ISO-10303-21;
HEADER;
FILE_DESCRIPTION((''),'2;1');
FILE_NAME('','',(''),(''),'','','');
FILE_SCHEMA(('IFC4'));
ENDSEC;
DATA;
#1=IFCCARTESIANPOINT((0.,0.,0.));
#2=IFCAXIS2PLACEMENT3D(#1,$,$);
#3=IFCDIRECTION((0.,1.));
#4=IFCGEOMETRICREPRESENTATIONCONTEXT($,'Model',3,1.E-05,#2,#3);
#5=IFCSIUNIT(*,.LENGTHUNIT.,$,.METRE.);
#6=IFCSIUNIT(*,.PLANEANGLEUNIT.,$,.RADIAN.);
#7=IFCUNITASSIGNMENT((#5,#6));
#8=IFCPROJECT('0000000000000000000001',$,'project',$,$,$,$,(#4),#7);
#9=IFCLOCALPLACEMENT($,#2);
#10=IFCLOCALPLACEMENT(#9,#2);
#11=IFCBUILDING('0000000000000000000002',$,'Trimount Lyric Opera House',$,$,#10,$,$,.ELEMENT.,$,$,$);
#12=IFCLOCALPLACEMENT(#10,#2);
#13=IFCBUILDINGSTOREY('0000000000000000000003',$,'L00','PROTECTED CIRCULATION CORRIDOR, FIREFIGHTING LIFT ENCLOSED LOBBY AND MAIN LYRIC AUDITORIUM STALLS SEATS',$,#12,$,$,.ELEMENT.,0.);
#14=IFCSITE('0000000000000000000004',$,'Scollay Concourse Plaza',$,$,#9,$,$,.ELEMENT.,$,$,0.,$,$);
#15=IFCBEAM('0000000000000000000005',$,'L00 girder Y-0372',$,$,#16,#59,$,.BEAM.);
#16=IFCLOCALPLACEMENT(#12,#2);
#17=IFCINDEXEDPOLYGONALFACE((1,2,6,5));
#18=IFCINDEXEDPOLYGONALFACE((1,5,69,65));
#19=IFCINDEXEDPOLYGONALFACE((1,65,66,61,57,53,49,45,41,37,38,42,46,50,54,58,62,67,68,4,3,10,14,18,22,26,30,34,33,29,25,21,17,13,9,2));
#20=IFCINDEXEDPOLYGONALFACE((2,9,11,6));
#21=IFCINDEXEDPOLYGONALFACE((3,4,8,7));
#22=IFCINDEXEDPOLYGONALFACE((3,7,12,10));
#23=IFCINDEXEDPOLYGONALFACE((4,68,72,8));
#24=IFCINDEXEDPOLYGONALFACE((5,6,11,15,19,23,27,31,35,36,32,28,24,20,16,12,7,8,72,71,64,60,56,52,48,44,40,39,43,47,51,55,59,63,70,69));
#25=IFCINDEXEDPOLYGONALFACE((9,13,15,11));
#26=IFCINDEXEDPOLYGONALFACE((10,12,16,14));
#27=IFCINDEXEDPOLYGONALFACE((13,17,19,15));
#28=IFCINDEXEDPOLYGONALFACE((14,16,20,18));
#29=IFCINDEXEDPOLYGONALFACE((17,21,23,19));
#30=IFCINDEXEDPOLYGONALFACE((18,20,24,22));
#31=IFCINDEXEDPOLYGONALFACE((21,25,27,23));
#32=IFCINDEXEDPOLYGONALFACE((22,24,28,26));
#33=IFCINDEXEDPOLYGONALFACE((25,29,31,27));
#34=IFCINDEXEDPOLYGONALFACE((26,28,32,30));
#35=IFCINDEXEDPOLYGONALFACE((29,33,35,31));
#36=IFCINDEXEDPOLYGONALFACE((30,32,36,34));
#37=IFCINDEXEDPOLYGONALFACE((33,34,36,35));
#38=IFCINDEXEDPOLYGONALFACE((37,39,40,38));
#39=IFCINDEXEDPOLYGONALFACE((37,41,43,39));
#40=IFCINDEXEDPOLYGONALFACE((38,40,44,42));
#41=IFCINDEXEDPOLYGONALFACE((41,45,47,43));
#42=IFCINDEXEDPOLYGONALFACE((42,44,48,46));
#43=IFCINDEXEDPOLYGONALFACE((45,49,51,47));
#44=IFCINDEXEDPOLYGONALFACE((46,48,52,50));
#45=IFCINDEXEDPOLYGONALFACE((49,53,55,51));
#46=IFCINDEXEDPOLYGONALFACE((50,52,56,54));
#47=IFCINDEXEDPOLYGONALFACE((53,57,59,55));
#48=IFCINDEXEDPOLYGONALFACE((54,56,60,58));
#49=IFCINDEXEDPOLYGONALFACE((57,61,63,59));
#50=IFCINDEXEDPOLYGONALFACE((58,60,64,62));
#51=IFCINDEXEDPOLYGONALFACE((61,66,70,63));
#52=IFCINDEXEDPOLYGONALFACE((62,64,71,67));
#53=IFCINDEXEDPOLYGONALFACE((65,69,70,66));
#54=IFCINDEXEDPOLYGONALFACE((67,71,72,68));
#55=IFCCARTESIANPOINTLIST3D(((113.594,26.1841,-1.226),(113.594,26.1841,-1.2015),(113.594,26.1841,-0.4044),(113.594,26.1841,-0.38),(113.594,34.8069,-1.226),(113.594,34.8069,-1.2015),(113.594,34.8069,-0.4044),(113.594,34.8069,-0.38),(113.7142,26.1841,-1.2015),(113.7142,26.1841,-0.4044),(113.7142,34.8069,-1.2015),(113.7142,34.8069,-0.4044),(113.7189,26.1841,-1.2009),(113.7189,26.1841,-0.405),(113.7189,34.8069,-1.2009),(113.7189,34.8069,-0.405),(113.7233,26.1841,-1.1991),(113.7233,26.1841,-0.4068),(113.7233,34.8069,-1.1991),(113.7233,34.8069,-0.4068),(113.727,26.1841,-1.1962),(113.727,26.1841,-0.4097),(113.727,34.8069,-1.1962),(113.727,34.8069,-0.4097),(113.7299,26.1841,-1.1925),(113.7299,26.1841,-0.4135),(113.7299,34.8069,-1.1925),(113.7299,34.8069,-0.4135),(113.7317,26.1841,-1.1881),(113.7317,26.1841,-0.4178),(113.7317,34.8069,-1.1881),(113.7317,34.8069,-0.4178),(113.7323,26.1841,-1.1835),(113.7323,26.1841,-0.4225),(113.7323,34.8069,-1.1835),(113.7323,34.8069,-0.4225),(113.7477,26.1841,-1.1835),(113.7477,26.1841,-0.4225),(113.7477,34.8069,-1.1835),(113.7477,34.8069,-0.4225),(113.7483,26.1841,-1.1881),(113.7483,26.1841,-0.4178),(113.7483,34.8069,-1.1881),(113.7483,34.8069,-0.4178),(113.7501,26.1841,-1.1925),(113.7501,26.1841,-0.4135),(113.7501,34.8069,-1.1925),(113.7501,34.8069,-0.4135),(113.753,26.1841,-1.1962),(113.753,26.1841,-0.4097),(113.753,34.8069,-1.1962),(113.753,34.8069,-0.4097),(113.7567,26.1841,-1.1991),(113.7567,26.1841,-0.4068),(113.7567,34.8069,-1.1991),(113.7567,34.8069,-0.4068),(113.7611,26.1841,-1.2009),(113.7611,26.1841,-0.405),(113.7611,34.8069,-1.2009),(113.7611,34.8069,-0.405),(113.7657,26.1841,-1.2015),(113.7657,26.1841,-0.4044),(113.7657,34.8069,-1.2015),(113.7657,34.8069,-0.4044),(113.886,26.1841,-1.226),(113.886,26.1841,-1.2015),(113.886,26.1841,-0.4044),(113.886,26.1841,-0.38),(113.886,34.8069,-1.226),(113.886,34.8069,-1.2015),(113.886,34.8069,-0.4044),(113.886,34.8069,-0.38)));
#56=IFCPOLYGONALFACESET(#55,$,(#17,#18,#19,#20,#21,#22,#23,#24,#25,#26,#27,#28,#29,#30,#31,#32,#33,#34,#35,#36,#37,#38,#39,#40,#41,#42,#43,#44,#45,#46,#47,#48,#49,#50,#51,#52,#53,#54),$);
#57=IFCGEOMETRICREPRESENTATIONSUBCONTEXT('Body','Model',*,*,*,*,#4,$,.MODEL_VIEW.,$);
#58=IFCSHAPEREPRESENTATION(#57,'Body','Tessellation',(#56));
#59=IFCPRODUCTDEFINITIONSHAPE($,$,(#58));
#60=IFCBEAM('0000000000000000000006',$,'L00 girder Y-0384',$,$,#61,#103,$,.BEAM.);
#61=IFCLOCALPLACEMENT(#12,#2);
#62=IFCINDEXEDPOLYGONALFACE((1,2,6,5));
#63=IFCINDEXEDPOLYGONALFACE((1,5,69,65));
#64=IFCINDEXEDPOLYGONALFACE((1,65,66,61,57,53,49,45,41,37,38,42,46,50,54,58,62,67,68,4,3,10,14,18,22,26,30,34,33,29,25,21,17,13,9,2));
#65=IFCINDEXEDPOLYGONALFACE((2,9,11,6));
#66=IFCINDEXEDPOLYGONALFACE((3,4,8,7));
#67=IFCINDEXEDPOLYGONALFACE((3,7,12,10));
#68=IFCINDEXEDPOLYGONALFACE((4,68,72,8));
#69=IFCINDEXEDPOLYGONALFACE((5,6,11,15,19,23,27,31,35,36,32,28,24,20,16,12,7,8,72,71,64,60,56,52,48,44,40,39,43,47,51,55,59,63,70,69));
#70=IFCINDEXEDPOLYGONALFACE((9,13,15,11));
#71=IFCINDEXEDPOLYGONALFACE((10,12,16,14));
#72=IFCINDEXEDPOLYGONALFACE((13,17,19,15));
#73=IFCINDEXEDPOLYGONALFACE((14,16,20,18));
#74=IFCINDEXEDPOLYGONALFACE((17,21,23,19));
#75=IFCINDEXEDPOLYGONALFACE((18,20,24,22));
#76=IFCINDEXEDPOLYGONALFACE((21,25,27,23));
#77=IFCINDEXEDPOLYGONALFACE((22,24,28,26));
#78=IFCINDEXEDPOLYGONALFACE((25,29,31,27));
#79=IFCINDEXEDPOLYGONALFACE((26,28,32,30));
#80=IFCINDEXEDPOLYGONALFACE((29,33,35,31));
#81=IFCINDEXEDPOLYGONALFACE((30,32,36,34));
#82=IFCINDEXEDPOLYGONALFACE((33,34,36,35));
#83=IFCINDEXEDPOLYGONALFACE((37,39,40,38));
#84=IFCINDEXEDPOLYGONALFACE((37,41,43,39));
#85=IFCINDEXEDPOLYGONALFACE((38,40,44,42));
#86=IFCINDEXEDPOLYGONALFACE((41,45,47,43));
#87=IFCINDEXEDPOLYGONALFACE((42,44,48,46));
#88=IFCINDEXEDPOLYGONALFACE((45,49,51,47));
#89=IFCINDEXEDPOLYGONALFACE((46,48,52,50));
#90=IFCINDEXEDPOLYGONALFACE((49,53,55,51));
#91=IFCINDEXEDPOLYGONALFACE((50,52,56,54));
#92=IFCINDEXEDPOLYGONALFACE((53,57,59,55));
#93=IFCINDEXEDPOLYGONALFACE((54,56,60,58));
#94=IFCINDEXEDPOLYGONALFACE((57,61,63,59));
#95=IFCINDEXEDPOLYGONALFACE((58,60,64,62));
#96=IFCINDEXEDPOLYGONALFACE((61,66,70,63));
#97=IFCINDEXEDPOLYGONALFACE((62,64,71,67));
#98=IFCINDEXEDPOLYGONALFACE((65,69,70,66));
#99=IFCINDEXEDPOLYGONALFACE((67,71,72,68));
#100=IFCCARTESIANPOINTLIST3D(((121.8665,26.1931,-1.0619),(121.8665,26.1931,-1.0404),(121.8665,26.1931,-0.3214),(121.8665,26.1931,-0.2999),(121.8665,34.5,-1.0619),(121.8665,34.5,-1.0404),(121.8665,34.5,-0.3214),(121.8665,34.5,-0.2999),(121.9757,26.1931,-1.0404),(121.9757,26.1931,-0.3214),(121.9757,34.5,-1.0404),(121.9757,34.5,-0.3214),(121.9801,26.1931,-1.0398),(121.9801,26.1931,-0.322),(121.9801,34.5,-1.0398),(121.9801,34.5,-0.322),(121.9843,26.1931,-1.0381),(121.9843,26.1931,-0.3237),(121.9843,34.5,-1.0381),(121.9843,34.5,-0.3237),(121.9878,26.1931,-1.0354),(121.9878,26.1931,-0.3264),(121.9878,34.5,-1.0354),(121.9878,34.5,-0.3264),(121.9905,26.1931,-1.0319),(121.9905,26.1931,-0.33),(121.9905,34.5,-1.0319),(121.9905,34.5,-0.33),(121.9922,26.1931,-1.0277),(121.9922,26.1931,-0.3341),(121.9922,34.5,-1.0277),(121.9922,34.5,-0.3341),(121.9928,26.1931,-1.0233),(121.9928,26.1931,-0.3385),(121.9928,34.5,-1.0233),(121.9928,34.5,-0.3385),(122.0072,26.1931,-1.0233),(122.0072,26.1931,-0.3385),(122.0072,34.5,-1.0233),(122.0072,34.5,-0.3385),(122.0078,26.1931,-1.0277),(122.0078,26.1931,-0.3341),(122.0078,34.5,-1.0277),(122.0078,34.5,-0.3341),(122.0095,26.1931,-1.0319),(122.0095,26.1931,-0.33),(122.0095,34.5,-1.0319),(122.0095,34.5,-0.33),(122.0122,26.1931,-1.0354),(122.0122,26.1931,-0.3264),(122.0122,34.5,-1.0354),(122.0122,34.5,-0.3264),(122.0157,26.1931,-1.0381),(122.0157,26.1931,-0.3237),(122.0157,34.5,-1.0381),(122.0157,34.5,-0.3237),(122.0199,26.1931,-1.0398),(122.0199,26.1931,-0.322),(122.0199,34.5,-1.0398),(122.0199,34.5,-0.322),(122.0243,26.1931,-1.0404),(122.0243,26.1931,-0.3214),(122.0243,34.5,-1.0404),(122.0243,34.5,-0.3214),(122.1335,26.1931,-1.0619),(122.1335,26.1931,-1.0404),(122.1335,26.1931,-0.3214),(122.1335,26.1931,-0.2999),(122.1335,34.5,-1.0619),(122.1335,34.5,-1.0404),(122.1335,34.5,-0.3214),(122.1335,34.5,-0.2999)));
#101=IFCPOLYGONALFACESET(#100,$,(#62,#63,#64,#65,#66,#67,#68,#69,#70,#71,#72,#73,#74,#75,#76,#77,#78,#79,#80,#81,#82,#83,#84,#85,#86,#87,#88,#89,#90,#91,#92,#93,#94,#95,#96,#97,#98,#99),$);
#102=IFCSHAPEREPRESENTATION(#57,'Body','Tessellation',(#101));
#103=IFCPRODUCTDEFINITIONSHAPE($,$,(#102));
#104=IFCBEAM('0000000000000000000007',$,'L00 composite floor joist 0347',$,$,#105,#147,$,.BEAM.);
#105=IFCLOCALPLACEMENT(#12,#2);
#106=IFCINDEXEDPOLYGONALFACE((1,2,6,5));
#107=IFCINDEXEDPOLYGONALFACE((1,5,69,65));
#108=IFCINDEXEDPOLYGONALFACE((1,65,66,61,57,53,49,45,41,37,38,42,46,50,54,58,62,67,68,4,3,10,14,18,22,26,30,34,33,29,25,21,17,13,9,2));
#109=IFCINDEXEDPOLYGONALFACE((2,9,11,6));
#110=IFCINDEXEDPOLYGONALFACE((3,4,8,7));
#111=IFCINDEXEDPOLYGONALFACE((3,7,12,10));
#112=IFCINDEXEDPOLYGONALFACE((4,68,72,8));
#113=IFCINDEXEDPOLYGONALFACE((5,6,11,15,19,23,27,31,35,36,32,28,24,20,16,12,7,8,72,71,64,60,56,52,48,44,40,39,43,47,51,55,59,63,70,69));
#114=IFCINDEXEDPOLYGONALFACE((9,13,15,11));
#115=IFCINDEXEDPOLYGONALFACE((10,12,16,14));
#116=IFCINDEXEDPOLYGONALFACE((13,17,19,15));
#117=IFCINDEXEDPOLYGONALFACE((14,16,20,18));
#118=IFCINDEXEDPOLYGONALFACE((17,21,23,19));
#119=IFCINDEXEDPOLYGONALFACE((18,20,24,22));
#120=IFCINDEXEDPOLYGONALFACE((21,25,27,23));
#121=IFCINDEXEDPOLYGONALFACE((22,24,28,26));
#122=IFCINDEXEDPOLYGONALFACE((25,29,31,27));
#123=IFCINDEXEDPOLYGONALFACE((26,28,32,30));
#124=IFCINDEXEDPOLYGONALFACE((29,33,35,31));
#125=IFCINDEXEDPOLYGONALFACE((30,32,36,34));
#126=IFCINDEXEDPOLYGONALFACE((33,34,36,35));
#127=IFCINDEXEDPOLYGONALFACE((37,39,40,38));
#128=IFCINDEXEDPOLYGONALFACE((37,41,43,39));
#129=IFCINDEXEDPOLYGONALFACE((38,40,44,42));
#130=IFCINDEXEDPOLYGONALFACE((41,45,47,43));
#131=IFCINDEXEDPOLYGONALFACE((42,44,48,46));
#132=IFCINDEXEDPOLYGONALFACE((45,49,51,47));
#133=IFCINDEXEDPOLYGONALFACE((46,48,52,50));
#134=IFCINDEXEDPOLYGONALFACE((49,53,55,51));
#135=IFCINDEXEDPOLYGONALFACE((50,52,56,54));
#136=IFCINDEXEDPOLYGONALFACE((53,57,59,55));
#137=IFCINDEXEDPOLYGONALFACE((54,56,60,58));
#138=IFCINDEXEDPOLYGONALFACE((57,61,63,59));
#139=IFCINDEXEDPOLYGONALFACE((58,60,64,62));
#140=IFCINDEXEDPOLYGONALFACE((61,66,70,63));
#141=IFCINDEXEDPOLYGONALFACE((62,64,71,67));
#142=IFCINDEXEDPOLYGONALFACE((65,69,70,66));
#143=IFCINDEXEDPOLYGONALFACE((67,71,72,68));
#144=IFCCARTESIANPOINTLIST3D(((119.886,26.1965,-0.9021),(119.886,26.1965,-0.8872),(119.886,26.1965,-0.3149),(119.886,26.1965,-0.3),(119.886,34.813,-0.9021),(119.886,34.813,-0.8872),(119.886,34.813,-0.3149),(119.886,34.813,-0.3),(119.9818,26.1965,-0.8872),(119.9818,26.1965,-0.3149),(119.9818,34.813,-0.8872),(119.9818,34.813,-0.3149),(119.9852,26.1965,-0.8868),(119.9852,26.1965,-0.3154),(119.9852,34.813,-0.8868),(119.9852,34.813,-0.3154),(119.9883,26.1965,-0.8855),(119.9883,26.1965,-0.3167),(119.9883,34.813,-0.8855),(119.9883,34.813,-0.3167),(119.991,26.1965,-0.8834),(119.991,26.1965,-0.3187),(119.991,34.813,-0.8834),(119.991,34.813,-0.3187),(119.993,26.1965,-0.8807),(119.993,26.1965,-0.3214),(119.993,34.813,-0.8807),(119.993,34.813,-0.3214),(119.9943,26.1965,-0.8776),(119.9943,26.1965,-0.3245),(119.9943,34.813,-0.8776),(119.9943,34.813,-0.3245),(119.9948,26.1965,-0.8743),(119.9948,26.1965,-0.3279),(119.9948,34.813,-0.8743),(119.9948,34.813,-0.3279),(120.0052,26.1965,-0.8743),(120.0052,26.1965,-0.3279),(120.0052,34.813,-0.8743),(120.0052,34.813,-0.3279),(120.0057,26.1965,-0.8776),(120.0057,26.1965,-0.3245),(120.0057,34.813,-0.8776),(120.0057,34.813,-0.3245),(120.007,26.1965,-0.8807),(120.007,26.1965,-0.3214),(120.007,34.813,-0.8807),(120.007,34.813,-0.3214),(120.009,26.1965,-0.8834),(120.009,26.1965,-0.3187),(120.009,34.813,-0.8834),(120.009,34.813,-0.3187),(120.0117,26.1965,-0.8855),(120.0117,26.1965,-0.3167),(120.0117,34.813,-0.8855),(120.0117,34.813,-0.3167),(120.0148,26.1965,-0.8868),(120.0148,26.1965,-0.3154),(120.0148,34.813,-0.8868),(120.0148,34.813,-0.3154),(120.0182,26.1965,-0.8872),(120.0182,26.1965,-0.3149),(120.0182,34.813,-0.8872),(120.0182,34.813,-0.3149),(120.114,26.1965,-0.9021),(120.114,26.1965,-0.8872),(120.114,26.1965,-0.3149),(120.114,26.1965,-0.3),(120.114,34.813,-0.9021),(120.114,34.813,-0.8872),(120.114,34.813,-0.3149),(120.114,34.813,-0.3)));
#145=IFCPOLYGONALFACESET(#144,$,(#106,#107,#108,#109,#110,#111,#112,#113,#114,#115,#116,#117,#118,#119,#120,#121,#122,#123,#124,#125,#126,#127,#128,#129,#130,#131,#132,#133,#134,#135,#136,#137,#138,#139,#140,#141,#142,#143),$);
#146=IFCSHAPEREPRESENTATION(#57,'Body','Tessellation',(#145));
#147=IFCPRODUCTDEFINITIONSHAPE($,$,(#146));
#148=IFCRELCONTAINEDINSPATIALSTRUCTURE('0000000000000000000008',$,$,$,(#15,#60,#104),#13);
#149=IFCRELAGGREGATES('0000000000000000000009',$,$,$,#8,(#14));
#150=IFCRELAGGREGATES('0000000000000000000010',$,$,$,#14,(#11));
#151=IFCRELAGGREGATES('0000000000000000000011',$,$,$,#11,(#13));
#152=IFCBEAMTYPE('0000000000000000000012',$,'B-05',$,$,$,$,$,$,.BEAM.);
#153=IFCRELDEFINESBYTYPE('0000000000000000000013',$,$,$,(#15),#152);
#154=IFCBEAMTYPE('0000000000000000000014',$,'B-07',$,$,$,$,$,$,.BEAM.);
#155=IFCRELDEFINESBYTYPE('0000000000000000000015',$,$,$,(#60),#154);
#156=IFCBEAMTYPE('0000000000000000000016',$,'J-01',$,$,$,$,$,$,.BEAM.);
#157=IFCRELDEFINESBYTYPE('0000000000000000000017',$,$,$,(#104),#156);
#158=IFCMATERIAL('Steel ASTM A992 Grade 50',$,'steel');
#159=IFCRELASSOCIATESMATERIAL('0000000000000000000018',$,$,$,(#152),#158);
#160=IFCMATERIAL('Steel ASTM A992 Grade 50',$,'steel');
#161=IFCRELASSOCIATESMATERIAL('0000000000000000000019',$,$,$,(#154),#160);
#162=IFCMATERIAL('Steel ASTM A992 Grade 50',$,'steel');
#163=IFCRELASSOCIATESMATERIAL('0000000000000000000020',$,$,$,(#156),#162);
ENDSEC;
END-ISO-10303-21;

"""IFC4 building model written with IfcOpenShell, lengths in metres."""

from ifc_helpers import new_model, si_unit, direction, frame, origin, origin_2d, place, context, subcontext, project, spatial, i_section, extrude, material, material_profile, profile_set, type_object, element, save


model = new_model("IFC4")

# Units and contexts
model_context = context("Model", 3, precision=1e-05, world=origin(), true_north=direction((0.0, 1.0)))
body_context = subcontext(model_context, "Body", "Model", "MODEL_VIEW")
ifc_project = project(units=[si_unit("LENGTHUNIT", "METRE"), si_unit("PLANEANGLEUNIT", "RADIAN")], contexts=[model_context])

# Site, building, storey
site_placement = place(None, origin())
site = spatial("IfcSite", under=ifc_project, at=site_placement, Name="Scollay Concourse Plaza", CompositionType="ELEMENT", RefElevation=0.0)
building_placement = place(site_placement, origin())
building = spatial("IfcBuilding", under=site, at=building_placement, Name="Trimount Lyric Opera House", CompositionType="ELEMENT")
storey_placement = place(building_placement, origin())
storey = spatial("IfcBuildingStorey", under=building, at=storey_placement, Name="L00", Description="PROTECTED CIRCULATION CORRIDOR, FIREFIGHTING LIFT ENCLOSED LOBBY AND MAIN LYRIC AUDITORIUM STALLS SEATS", CompositionType="ELEMENT", Elevation=0.0)

# Beams
ifc_material_1 = material(Name="Steel ASTM A992 Grade 50", Category="steel")
ifc_material_profile_1 = material_profile(ifc_material_1, i_section(OverallWidth=0.292, OverallDepth=0.8459, WebThickness=0.0154, FlangeThickness=0.0244, FilletRadius=0.0181, at=origin_2d()), Name="W33X141")
ifc_profile_set_1 = profile_set([ifc_material_profile_1], Name="Steel ASTM A992 Grade 50")
beam_type_1 = type_object("IfcBeamType", Name="B-05", PredefinedType="BEAM", material=ifc_profile_set_1)
beam_1_placement = place(storey_placement, frame((113.74, 26.1841, -0.803), z_axis=(0.0, 1.0, 0.0), x_axis=(-1.0, 0.0, 0.0)))
element("IfcBeam", 1, at=beam_1_placement, inside=storey, type_object=beam_type_1, Name="L00 girder Y-0372", PredefinedType="BEAM", context=body_context, shape_type="SweptSolid", body=[
    extrude(i_section(OverallWidth=0.292, OverallDepth=0.8459, WebThickness=0.0154, FlangeThickness=0.0244, FilletRadius=0.0181, at=origin_2d()), origin(), (0.0, 0.0, 1.0), 8.6228),
])
ifc_material_2 = material(Name="Steel ASTM A992 Grade 50", Category="steel")
ifc_material_profile_2 = material_profile(ifc_material_2, i_section(OverallWidth=0.2671, OverallDepth=0.762, WebThickness=0.0144, FlangeThickness=0.0215, FilletRadius=0.0171, at=origin_2d()), Name="W30X116")
ifc_profile_set_2 = profile_set([ifc_material_profile_2], Name="Steel ASTM A992 Grade 50")
beam_type_2 = type_object("IfcBeamType", Name="B-07", PredefinedType="BEAM", material=ifc_profile_set_2)
beam_2_placement = place(storey_placement, frame((122.0, 26.1931, -0.6809), z_axis=(0.0, 1.0, 0.0), x_axis=(-1.0, 0.0, 0.0)))
element("IfcBeam", 2, at=beam_2_placement, inside=storey, type_object=beam_type_2, Name="L00 girder Y-0384", PredefinedType="BEAM", context=body_context, shape_type="SweptSolid", body=[
    extrude(i_section(OverallWidth=0.2671, OverallDepth=0.762, WebThickness=0.0144, FlangeThickness=0.0215, FilletRadius=0.0171, at=origin_2d()), origin(), (0.0, 0.0, 1.0), 8.3069),
])
ifc_material_3 = material(Name="Steel ASTM A992 Grade 50", Category="steel")
ifc_material_profile_3 = material_profile(ifc_material_3, i_section(OverallWidth=0.228, OverallDepth=0.6021, WebThickness=0.0105, FlangeThickness=0.0149, FilletRadius=0.0129, at=origin_2d()), Name="W24X68")
ifc_profile_set_3 = profile_set([ifc_material_profile_3], Name="Steel ASTM A992 Grade 50")
beam_type_3 = type_object("IfcBeamType", Name="J-01", PredefinedType="BEAM", material=ifc_profile_set_3)
beam_3_placement = place(storey_placement, frame((120.0, 26.1965, -0.6011), z_axis=(0.0, 1.0, 0.0), x_axis=(-1.0, 0.0, 0.0)))
element("IfcBeam", 3, at=beam_3_placement, inside=storey, type_object=beam_type_3, Name="L00 composite floor joist 0347", PredefinedType="BEAM", context=body_context, shape_type="SweptSolid", body=[
    extrude(i_section(OverallWidth=0.228, OverallDepth=0.6021, WebThickness=0.0105, FlangeThickness=0.0149, FilletRadius=0.0129, at=origin_2d()), origin(), (0.0, 0.0, 1.0), 8.6165),
])

save(model, "model.ifc")
